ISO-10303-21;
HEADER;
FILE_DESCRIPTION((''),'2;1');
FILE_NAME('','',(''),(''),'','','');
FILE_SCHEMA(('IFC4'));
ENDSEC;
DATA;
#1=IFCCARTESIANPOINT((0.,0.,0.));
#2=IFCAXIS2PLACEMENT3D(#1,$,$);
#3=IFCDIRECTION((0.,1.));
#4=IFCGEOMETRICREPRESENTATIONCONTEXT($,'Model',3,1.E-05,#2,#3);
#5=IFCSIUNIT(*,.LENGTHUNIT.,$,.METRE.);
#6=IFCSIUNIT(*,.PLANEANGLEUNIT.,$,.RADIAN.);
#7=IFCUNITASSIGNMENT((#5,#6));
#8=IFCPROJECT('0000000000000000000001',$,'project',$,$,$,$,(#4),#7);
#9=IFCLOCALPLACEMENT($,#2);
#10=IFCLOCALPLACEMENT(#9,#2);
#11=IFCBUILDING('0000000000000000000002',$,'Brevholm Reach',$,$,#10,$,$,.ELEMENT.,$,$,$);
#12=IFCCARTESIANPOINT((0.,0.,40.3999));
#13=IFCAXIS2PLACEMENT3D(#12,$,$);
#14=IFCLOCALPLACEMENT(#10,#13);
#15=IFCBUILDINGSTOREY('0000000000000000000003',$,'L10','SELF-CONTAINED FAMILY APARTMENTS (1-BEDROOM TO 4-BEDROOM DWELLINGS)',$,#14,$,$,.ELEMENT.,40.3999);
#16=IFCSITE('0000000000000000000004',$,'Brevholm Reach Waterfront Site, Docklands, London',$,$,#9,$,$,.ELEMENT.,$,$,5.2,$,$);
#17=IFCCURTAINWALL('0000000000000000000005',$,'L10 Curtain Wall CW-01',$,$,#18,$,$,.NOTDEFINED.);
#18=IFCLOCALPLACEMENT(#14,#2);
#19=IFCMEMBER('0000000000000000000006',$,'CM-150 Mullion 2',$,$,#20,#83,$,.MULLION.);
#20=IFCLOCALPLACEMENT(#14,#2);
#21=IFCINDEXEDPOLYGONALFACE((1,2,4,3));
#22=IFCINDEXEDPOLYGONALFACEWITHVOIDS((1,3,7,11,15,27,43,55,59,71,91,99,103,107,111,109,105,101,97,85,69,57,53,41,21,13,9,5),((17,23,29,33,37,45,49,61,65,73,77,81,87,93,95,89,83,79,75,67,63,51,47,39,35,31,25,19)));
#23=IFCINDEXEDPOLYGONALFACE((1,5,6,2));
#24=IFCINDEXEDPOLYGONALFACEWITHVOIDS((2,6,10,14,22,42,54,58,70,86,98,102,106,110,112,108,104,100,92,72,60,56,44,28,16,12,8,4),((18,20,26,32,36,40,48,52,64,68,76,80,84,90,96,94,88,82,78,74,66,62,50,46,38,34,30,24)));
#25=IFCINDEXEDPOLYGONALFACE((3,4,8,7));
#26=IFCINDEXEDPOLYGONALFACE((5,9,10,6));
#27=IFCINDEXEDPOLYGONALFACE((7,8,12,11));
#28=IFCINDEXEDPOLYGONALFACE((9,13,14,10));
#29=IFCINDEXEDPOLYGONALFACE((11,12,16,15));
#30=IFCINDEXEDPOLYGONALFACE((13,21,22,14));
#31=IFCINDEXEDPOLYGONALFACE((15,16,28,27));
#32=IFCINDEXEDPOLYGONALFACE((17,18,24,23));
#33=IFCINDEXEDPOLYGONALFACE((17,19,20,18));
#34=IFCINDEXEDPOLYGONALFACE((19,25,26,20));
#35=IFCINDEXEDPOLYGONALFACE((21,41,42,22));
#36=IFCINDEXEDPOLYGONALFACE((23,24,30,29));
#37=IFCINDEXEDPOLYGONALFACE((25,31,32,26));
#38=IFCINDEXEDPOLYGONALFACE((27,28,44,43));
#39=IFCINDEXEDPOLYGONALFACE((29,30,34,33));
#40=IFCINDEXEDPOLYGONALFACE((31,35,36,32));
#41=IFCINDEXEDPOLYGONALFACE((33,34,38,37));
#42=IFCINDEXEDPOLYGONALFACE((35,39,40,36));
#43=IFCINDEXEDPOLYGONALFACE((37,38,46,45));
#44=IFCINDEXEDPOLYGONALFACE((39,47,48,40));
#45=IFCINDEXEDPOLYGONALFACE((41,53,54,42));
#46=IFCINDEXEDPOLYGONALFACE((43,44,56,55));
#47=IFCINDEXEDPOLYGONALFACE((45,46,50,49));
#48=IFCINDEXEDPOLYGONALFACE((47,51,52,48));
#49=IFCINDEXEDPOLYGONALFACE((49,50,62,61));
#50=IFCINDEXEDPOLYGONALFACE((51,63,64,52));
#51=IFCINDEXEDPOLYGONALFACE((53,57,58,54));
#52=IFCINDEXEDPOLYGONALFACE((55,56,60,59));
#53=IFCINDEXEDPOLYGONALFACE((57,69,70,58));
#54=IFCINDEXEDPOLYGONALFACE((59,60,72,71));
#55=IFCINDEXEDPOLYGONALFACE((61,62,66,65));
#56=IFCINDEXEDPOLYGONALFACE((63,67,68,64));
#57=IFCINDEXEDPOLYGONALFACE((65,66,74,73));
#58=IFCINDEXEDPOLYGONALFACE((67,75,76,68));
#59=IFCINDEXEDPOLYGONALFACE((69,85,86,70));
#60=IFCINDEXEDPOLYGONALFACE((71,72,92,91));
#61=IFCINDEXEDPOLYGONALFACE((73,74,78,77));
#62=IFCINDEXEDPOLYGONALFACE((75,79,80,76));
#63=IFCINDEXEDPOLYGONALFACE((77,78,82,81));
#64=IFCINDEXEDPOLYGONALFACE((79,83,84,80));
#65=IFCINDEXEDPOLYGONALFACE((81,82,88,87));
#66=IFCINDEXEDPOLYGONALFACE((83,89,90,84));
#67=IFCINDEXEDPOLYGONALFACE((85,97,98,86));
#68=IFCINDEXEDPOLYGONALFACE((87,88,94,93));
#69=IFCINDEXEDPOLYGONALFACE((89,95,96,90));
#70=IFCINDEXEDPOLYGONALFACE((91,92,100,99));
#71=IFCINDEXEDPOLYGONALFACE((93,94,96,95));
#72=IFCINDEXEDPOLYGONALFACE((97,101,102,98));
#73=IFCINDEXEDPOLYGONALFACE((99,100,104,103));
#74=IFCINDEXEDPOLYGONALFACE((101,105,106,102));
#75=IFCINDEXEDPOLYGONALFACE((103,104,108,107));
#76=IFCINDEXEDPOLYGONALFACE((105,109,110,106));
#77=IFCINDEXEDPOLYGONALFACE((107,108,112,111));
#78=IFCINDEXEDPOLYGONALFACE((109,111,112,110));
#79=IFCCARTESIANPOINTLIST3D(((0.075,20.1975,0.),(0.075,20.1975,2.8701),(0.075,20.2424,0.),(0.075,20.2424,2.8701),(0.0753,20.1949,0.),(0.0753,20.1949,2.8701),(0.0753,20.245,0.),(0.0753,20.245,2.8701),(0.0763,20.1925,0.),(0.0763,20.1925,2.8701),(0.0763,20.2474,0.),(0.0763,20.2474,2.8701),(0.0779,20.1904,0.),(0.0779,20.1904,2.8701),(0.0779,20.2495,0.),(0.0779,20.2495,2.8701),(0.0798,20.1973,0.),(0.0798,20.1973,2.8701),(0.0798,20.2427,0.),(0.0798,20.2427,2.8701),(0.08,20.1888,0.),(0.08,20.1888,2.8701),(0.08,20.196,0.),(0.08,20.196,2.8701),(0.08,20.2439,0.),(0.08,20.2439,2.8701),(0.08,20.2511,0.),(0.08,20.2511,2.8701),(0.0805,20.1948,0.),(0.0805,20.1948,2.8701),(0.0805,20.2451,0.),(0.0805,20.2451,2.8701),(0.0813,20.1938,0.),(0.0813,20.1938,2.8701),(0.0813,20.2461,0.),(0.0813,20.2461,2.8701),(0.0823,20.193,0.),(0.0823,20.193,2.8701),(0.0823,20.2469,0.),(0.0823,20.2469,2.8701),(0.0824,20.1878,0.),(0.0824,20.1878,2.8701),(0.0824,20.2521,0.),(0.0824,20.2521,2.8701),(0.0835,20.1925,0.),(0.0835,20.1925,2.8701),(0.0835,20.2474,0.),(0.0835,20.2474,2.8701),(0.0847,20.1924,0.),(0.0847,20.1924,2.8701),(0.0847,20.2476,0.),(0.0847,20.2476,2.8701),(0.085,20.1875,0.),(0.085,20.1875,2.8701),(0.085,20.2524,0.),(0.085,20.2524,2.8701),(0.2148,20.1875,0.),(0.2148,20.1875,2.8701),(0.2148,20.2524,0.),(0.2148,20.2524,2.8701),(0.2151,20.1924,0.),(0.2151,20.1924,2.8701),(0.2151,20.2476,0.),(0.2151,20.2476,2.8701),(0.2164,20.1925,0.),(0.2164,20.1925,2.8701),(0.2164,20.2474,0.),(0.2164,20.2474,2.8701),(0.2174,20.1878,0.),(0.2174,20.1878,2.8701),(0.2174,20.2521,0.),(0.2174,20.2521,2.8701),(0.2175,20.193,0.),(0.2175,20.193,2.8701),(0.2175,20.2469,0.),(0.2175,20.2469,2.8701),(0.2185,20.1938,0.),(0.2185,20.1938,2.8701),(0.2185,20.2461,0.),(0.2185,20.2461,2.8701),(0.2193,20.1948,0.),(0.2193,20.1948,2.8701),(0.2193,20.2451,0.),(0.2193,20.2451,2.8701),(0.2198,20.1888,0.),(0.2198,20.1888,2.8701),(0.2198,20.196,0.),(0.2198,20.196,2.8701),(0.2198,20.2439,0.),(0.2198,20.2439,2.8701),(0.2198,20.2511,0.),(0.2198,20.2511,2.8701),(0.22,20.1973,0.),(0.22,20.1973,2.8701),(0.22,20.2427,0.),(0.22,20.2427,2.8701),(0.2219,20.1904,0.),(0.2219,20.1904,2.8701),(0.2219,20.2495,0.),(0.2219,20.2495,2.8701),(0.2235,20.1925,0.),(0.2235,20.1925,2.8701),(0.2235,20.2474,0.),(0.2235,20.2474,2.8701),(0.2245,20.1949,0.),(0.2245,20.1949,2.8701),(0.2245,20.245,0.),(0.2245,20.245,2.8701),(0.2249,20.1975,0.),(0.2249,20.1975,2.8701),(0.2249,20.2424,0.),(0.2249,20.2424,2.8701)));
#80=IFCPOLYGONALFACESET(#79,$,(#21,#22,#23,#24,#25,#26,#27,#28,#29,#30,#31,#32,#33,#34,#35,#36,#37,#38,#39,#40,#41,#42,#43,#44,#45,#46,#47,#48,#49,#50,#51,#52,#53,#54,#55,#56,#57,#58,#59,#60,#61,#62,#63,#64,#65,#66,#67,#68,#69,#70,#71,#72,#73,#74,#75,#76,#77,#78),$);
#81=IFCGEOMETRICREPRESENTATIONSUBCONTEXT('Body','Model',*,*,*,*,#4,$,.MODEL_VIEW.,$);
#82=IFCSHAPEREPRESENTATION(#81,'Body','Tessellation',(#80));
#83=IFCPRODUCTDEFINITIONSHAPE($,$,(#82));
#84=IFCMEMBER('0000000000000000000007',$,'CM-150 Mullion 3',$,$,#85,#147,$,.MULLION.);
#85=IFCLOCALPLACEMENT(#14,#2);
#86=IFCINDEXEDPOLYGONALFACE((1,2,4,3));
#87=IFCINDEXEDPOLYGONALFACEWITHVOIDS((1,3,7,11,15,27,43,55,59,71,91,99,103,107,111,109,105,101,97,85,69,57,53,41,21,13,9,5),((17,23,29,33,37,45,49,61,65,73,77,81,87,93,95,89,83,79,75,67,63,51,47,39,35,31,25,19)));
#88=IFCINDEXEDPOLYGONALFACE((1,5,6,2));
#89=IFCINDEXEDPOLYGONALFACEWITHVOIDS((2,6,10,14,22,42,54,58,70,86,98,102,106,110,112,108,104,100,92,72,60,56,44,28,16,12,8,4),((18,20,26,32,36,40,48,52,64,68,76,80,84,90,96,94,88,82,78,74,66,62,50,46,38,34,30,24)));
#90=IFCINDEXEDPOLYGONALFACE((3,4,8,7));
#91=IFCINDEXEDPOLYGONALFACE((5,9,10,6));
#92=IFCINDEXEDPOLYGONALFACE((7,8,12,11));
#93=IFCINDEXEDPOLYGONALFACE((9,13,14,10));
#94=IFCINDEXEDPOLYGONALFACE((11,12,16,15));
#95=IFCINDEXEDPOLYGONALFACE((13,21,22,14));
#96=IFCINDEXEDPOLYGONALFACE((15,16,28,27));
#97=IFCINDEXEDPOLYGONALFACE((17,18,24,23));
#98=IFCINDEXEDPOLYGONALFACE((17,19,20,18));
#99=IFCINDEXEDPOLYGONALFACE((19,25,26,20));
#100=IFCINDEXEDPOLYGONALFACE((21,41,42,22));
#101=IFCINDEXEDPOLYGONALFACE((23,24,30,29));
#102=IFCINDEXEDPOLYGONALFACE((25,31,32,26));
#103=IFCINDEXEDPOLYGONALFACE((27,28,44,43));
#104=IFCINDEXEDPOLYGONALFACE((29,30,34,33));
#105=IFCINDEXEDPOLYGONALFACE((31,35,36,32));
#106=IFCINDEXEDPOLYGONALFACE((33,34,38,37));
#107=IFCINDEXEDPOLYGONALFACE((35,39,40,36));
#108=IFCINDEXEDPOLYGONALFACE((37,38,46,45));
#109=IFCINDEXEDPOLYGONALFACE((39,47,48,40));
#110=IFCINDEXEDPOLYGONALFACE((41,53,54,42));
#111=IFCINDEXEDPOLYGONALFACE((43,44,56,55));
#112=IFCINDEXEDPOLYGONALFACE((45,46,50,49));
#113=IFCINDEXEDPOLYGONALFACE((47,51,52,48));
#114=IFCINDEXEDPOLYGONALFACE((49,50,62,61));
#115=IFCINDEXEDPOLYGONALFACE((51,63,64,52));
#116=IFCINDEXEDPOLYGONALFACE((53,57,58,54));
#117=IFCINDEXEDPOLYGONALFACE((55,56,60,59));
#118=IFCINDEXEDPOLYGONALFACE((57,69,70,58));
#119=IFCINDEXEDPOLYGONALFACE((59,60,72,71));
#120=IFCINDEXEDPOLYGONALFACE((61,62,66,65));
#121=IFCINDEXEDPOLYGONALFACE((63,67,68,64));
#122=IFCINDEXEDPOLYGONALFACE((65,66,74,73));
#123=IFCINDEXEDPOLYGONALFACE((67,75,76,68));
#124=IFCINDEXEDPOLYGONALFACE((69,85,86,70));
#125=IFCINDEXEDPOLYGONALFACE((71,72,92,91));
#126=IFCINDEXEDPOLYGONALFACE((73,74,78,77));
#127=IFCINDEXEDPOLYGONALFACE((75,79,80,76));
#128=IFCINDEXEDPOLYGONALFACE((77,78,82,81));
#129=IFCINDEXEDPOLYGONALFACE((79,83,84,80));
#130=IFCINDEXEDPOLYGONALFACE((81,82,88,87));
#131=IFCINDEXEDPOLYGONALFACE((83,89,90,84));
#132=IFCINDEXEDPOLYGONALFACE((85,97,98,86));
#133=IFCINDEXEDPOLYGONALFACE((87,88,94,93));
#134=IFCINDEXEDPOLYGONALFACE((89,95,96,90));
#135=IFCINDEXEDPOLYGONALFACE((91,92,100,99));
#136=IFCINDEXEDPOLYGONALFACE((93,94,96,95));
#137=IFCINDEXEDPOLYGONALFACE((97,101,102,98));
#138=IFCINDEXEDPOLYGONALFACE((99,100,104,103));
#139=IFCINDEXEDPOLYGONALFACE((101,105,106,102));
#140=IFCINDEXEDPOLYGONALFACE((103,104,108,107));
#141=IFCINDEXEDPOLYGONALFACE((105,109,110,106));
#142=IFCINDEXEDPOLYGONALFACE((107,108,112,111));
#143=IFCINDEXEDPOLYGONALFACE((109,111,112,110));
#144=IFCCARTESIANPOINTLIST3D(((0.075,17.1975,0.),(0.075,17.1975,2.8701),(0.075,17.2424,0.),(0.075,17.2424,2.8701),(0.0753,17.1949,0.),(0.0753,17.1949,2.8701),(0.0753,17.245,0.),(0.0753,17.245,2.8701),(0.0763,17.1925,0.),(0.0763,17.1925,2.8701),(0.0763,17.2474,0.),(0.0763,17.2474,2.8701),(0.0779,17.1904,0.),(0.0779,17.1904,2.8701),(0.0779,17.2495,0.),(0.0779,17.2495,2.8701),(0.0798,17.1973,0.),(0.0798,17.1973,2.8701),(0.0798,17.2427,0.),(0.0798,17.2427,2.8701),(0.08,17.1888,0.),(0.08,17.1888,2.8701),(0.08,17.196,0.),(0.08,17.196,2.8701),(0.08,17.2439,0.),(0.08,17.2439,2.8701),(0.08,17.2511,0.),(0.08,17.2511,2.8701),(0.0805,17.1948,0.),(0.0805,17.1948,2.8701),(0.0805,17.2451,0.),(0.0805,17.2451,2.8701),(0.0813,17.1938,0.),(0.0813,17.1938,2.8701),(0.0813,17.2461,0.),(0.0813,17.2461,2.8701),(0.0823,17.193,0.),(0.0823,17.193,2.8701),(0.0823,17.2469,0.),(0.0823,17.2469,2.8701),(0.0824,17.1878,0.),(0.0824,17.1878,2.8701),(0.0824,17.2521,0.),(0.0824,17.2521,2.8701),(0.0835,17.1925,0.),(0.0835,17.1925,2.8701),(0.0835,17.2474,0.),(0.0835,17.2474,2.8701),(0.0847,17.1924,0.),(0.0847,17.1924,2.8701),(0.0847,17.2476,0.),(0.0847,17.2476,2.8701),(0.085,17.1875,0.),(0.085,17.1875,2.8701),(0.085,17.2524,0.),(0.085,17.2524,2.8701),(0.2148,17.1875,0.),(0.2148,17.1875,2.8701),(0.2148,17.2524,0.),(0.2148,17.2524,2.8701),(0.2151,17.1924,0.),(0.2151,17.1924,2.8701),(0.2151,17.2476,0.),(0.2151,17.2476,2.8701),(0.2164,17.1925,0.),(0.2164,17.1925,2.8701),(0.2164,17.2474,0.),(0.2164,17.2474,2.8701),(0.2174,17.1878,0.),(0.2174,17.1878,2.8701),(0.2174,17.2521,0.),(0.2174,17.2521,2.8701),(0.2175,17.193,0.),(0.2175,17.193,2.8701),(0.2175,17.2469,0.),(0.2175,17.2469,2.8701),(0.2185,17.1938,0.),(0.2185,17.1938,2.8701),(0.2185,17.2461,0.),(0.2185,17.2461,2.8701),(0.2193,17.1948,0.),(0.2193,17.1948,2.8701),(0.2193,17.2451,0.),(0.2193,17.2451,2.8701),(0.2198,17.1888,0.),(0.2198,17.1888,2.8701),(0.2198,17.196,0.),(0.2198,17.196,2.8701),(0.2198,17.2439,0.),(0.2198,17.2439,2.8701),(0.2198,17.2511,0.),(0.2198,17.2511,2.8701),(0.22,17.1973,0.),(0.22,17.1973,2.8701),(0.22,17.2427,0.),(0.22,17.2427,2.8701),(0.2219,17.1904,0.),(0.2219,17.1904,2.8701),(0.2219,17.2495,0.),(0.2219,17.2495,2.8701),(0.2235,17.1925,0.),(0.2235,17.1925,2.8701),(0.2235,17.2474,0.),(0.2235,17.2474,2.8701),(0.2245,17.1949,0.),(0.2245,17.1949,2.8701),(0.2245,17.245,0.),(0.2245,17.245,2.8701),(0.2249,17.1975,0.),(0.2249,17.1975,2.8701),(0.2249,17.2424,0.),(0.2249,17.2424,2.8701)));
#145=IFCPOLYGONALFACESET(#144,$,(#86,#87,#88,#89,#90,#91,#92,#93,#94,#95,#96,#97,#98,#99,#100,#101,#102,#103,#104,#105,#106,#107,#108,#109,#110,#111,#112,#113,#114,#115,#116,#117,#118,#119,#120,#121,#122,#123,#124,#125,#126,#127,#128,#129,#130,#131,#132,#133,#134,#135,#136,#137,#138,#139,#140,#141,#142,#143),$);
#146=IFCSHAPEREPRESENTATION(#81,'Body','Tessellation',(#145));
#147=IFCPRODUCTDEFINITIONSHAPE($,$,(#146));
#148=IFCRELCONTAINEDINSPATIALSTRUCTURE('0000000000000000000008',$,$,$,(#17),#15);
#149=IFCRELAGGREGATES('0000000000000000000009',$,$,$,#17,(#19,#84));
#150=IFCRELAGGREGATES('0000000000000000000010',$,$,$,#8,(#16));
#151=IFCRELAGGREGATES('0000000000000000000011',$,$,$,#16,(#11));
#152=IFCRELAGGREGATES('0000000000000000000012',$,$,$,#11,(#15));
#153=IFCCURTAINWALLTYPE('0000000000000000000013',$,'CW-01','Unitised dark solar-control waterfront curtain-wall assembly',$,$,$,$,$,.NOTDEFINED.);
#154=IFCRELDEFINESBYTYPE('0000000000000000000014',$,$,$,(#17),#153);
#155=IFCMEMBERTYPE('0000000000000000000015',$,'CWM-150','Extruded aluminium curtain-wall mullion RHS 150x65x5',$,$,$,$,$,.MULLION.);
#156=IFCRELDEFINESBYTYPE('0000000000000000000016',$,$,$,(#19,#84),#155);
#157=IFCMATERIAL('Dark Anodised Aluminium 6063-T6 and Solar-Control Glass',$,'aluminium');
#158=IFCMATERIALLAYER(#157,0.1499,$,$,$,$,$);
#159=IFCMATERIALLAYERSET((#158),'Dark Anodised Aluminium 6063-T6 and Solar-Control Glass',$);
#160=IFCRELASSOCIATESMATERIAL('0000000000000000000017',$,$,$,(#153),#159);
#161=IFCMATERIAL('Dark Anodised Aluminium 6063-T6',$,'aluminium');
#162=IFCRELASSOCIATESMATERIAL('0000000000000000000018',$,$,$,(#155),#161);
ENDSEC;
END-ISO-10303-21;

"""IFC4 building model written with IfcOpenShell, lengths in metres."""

from ifc_helpers import new_model, si_unit, direction, frame, origin, origin_2d, place, context, subcontext, project, spatial, hollow_rectangle, extrude, material, layer, layer_set, material_profile, profile_set, type_object, element, aggregate, save


model = new_model("IFC4")

# Units and contexts
model_context = context("Model", 3, precision=1e-05, world=origin(), true_north=direction((0.0, 1.0)))
body_context = subcontext(model_context, "Body", "Model", "MODEL_VIEW")
ifc_project = project(units=[si_unit("LENGTHUNIT", "METRE"), si_unit("PLANEANGLEUNIT", "RADIAN")], contexts=[model_context])

# Site, building, storey
site_placement = place(None, origin())
site = spatial("IfcSite", under=ifc_project, at=site_placement, Name="Brevholm Reach Waterfront Site, Docklands, London", CompositionType="ELEMENT", RefElevation=5.2)
building_placement = place(site_placement, origin())
building = spatial("IfcBuilding", under=site, at=building_placement, Name="Brevholm Reach", CompositionType="ELEMENT")
storey_placement = place(building_placement, frame((0.0, 0.0, 40.3999)))
storey = spatial("IfcBuildingStorey", under=building, at=storey_placement, Name="L10", Description="SELF-CONTAINED FAMILY APARTMENTS (1-BEDROOM TO 4-BEDROOM DWELLINGS)", CompositionType="ELEMENT", Elevation=40.3999)

# Curtain wall, members
ifc_material_1 = material(Name="Dark Anodised Aluminium 6063-T6 and Solar-Control Glass", Category="aluminium")
ifc_layer_1 = layer(ifc_material_1, 0.1499)
ifc_layer_set_1 = layer_set([ifc_layer_1], Name="Dark Anodised Aluminium 6063-T6 and Solar-Control Glass")
curtain_wall_type = type_object("IfcCurtainWallType", Name="CW-01", Description="Unitised dark solar-control waterfront curtain-wall assembly", PredefinedType="NOTDEFINED", material=ifc_layer_set_1)
curtain_wall_placement = place(storey_placement, origin())
curtain_wall = element("IfcCurtainWall", 1, at=curtain_wall_placement, inside=storey, type_object=curtain_wall_type, Name="L10 Curtain Wall CW-01", PredefinedType="NOTDEFINED")
ifc_material_2 = material(Name="Dark Anodised Aluminium 6063-T6", Category="aluminium")
ifc_material_profile_1 = material_profile(ifc_material_2, hollow_rectangle(XDim=0.0649, YDim=0.1499, WallThickness=0.0049, InnerFilletRadius=0.0049, OuterFilletRadius=0.01, at=origin_2d()), Name="RHS 150x65x5")
ifc_profile_set_1 = profile_set([ifc_material_profile_1], Name="Dark Anodised Aluminium 6063-T6")
member_type_1 = type_object("IfcMemberType", Name="CWM-150", Description="Extruded aluminium curtain-wall mullion RHS 150x65x5", PredefinedType="MULLION", material=ifc_profile_set_1)
member_1_placement = place(storey_placement, frame((0.1499, 20.22, 0.0), z_axis=(0.0, 0.0, 1.0), x_axis=(0.0, -1.0, 0.0)))
member_1 = element("IfcMember", 2, at=member_1_placement, type_object=member_type_1, Name="CM-150 Mullion 2", PredefinedType="MULLION", context=body_context, shape_type="SweptSolid", body=[
    extrude(hollow_rectangle(XDim=0.0649, YDim=0.1499, WallThickness=0.0049, InnerFilletRadius=0.0049, OuterFilletRadius=0.01, at=origin_2d()), origin(), (0.0, 0.0, 1.0), 2.8701),
])
member_2_placement = place(storey_placement, frame((0.1499, 17.22, 0.0), z_axis=(0.0, 0.0, 1.0), x_axis=(0.0, -1.0, 0.0)))
member_2 = element("IfcMember", 3, at=member_2_placement, type_object=member_type_1, Name="CM-150 Mullion 3", PredefinedType="MULLION", context=body_context, shape_type="SweptSolid", body=[
    extrude(hollow_rectangle(XDim=0.0649, YDim=0.1499, WallThickness=0.0049, InnerFilletRadius=0.0049, OuterFilletRadius=0.01, at=origin_2d()), origin(), (0.0, 0.0, 1.0), 2.8701),
])
aggregate(curtain_wall, [member_1, member_2])

save(model, "model.ifc")
